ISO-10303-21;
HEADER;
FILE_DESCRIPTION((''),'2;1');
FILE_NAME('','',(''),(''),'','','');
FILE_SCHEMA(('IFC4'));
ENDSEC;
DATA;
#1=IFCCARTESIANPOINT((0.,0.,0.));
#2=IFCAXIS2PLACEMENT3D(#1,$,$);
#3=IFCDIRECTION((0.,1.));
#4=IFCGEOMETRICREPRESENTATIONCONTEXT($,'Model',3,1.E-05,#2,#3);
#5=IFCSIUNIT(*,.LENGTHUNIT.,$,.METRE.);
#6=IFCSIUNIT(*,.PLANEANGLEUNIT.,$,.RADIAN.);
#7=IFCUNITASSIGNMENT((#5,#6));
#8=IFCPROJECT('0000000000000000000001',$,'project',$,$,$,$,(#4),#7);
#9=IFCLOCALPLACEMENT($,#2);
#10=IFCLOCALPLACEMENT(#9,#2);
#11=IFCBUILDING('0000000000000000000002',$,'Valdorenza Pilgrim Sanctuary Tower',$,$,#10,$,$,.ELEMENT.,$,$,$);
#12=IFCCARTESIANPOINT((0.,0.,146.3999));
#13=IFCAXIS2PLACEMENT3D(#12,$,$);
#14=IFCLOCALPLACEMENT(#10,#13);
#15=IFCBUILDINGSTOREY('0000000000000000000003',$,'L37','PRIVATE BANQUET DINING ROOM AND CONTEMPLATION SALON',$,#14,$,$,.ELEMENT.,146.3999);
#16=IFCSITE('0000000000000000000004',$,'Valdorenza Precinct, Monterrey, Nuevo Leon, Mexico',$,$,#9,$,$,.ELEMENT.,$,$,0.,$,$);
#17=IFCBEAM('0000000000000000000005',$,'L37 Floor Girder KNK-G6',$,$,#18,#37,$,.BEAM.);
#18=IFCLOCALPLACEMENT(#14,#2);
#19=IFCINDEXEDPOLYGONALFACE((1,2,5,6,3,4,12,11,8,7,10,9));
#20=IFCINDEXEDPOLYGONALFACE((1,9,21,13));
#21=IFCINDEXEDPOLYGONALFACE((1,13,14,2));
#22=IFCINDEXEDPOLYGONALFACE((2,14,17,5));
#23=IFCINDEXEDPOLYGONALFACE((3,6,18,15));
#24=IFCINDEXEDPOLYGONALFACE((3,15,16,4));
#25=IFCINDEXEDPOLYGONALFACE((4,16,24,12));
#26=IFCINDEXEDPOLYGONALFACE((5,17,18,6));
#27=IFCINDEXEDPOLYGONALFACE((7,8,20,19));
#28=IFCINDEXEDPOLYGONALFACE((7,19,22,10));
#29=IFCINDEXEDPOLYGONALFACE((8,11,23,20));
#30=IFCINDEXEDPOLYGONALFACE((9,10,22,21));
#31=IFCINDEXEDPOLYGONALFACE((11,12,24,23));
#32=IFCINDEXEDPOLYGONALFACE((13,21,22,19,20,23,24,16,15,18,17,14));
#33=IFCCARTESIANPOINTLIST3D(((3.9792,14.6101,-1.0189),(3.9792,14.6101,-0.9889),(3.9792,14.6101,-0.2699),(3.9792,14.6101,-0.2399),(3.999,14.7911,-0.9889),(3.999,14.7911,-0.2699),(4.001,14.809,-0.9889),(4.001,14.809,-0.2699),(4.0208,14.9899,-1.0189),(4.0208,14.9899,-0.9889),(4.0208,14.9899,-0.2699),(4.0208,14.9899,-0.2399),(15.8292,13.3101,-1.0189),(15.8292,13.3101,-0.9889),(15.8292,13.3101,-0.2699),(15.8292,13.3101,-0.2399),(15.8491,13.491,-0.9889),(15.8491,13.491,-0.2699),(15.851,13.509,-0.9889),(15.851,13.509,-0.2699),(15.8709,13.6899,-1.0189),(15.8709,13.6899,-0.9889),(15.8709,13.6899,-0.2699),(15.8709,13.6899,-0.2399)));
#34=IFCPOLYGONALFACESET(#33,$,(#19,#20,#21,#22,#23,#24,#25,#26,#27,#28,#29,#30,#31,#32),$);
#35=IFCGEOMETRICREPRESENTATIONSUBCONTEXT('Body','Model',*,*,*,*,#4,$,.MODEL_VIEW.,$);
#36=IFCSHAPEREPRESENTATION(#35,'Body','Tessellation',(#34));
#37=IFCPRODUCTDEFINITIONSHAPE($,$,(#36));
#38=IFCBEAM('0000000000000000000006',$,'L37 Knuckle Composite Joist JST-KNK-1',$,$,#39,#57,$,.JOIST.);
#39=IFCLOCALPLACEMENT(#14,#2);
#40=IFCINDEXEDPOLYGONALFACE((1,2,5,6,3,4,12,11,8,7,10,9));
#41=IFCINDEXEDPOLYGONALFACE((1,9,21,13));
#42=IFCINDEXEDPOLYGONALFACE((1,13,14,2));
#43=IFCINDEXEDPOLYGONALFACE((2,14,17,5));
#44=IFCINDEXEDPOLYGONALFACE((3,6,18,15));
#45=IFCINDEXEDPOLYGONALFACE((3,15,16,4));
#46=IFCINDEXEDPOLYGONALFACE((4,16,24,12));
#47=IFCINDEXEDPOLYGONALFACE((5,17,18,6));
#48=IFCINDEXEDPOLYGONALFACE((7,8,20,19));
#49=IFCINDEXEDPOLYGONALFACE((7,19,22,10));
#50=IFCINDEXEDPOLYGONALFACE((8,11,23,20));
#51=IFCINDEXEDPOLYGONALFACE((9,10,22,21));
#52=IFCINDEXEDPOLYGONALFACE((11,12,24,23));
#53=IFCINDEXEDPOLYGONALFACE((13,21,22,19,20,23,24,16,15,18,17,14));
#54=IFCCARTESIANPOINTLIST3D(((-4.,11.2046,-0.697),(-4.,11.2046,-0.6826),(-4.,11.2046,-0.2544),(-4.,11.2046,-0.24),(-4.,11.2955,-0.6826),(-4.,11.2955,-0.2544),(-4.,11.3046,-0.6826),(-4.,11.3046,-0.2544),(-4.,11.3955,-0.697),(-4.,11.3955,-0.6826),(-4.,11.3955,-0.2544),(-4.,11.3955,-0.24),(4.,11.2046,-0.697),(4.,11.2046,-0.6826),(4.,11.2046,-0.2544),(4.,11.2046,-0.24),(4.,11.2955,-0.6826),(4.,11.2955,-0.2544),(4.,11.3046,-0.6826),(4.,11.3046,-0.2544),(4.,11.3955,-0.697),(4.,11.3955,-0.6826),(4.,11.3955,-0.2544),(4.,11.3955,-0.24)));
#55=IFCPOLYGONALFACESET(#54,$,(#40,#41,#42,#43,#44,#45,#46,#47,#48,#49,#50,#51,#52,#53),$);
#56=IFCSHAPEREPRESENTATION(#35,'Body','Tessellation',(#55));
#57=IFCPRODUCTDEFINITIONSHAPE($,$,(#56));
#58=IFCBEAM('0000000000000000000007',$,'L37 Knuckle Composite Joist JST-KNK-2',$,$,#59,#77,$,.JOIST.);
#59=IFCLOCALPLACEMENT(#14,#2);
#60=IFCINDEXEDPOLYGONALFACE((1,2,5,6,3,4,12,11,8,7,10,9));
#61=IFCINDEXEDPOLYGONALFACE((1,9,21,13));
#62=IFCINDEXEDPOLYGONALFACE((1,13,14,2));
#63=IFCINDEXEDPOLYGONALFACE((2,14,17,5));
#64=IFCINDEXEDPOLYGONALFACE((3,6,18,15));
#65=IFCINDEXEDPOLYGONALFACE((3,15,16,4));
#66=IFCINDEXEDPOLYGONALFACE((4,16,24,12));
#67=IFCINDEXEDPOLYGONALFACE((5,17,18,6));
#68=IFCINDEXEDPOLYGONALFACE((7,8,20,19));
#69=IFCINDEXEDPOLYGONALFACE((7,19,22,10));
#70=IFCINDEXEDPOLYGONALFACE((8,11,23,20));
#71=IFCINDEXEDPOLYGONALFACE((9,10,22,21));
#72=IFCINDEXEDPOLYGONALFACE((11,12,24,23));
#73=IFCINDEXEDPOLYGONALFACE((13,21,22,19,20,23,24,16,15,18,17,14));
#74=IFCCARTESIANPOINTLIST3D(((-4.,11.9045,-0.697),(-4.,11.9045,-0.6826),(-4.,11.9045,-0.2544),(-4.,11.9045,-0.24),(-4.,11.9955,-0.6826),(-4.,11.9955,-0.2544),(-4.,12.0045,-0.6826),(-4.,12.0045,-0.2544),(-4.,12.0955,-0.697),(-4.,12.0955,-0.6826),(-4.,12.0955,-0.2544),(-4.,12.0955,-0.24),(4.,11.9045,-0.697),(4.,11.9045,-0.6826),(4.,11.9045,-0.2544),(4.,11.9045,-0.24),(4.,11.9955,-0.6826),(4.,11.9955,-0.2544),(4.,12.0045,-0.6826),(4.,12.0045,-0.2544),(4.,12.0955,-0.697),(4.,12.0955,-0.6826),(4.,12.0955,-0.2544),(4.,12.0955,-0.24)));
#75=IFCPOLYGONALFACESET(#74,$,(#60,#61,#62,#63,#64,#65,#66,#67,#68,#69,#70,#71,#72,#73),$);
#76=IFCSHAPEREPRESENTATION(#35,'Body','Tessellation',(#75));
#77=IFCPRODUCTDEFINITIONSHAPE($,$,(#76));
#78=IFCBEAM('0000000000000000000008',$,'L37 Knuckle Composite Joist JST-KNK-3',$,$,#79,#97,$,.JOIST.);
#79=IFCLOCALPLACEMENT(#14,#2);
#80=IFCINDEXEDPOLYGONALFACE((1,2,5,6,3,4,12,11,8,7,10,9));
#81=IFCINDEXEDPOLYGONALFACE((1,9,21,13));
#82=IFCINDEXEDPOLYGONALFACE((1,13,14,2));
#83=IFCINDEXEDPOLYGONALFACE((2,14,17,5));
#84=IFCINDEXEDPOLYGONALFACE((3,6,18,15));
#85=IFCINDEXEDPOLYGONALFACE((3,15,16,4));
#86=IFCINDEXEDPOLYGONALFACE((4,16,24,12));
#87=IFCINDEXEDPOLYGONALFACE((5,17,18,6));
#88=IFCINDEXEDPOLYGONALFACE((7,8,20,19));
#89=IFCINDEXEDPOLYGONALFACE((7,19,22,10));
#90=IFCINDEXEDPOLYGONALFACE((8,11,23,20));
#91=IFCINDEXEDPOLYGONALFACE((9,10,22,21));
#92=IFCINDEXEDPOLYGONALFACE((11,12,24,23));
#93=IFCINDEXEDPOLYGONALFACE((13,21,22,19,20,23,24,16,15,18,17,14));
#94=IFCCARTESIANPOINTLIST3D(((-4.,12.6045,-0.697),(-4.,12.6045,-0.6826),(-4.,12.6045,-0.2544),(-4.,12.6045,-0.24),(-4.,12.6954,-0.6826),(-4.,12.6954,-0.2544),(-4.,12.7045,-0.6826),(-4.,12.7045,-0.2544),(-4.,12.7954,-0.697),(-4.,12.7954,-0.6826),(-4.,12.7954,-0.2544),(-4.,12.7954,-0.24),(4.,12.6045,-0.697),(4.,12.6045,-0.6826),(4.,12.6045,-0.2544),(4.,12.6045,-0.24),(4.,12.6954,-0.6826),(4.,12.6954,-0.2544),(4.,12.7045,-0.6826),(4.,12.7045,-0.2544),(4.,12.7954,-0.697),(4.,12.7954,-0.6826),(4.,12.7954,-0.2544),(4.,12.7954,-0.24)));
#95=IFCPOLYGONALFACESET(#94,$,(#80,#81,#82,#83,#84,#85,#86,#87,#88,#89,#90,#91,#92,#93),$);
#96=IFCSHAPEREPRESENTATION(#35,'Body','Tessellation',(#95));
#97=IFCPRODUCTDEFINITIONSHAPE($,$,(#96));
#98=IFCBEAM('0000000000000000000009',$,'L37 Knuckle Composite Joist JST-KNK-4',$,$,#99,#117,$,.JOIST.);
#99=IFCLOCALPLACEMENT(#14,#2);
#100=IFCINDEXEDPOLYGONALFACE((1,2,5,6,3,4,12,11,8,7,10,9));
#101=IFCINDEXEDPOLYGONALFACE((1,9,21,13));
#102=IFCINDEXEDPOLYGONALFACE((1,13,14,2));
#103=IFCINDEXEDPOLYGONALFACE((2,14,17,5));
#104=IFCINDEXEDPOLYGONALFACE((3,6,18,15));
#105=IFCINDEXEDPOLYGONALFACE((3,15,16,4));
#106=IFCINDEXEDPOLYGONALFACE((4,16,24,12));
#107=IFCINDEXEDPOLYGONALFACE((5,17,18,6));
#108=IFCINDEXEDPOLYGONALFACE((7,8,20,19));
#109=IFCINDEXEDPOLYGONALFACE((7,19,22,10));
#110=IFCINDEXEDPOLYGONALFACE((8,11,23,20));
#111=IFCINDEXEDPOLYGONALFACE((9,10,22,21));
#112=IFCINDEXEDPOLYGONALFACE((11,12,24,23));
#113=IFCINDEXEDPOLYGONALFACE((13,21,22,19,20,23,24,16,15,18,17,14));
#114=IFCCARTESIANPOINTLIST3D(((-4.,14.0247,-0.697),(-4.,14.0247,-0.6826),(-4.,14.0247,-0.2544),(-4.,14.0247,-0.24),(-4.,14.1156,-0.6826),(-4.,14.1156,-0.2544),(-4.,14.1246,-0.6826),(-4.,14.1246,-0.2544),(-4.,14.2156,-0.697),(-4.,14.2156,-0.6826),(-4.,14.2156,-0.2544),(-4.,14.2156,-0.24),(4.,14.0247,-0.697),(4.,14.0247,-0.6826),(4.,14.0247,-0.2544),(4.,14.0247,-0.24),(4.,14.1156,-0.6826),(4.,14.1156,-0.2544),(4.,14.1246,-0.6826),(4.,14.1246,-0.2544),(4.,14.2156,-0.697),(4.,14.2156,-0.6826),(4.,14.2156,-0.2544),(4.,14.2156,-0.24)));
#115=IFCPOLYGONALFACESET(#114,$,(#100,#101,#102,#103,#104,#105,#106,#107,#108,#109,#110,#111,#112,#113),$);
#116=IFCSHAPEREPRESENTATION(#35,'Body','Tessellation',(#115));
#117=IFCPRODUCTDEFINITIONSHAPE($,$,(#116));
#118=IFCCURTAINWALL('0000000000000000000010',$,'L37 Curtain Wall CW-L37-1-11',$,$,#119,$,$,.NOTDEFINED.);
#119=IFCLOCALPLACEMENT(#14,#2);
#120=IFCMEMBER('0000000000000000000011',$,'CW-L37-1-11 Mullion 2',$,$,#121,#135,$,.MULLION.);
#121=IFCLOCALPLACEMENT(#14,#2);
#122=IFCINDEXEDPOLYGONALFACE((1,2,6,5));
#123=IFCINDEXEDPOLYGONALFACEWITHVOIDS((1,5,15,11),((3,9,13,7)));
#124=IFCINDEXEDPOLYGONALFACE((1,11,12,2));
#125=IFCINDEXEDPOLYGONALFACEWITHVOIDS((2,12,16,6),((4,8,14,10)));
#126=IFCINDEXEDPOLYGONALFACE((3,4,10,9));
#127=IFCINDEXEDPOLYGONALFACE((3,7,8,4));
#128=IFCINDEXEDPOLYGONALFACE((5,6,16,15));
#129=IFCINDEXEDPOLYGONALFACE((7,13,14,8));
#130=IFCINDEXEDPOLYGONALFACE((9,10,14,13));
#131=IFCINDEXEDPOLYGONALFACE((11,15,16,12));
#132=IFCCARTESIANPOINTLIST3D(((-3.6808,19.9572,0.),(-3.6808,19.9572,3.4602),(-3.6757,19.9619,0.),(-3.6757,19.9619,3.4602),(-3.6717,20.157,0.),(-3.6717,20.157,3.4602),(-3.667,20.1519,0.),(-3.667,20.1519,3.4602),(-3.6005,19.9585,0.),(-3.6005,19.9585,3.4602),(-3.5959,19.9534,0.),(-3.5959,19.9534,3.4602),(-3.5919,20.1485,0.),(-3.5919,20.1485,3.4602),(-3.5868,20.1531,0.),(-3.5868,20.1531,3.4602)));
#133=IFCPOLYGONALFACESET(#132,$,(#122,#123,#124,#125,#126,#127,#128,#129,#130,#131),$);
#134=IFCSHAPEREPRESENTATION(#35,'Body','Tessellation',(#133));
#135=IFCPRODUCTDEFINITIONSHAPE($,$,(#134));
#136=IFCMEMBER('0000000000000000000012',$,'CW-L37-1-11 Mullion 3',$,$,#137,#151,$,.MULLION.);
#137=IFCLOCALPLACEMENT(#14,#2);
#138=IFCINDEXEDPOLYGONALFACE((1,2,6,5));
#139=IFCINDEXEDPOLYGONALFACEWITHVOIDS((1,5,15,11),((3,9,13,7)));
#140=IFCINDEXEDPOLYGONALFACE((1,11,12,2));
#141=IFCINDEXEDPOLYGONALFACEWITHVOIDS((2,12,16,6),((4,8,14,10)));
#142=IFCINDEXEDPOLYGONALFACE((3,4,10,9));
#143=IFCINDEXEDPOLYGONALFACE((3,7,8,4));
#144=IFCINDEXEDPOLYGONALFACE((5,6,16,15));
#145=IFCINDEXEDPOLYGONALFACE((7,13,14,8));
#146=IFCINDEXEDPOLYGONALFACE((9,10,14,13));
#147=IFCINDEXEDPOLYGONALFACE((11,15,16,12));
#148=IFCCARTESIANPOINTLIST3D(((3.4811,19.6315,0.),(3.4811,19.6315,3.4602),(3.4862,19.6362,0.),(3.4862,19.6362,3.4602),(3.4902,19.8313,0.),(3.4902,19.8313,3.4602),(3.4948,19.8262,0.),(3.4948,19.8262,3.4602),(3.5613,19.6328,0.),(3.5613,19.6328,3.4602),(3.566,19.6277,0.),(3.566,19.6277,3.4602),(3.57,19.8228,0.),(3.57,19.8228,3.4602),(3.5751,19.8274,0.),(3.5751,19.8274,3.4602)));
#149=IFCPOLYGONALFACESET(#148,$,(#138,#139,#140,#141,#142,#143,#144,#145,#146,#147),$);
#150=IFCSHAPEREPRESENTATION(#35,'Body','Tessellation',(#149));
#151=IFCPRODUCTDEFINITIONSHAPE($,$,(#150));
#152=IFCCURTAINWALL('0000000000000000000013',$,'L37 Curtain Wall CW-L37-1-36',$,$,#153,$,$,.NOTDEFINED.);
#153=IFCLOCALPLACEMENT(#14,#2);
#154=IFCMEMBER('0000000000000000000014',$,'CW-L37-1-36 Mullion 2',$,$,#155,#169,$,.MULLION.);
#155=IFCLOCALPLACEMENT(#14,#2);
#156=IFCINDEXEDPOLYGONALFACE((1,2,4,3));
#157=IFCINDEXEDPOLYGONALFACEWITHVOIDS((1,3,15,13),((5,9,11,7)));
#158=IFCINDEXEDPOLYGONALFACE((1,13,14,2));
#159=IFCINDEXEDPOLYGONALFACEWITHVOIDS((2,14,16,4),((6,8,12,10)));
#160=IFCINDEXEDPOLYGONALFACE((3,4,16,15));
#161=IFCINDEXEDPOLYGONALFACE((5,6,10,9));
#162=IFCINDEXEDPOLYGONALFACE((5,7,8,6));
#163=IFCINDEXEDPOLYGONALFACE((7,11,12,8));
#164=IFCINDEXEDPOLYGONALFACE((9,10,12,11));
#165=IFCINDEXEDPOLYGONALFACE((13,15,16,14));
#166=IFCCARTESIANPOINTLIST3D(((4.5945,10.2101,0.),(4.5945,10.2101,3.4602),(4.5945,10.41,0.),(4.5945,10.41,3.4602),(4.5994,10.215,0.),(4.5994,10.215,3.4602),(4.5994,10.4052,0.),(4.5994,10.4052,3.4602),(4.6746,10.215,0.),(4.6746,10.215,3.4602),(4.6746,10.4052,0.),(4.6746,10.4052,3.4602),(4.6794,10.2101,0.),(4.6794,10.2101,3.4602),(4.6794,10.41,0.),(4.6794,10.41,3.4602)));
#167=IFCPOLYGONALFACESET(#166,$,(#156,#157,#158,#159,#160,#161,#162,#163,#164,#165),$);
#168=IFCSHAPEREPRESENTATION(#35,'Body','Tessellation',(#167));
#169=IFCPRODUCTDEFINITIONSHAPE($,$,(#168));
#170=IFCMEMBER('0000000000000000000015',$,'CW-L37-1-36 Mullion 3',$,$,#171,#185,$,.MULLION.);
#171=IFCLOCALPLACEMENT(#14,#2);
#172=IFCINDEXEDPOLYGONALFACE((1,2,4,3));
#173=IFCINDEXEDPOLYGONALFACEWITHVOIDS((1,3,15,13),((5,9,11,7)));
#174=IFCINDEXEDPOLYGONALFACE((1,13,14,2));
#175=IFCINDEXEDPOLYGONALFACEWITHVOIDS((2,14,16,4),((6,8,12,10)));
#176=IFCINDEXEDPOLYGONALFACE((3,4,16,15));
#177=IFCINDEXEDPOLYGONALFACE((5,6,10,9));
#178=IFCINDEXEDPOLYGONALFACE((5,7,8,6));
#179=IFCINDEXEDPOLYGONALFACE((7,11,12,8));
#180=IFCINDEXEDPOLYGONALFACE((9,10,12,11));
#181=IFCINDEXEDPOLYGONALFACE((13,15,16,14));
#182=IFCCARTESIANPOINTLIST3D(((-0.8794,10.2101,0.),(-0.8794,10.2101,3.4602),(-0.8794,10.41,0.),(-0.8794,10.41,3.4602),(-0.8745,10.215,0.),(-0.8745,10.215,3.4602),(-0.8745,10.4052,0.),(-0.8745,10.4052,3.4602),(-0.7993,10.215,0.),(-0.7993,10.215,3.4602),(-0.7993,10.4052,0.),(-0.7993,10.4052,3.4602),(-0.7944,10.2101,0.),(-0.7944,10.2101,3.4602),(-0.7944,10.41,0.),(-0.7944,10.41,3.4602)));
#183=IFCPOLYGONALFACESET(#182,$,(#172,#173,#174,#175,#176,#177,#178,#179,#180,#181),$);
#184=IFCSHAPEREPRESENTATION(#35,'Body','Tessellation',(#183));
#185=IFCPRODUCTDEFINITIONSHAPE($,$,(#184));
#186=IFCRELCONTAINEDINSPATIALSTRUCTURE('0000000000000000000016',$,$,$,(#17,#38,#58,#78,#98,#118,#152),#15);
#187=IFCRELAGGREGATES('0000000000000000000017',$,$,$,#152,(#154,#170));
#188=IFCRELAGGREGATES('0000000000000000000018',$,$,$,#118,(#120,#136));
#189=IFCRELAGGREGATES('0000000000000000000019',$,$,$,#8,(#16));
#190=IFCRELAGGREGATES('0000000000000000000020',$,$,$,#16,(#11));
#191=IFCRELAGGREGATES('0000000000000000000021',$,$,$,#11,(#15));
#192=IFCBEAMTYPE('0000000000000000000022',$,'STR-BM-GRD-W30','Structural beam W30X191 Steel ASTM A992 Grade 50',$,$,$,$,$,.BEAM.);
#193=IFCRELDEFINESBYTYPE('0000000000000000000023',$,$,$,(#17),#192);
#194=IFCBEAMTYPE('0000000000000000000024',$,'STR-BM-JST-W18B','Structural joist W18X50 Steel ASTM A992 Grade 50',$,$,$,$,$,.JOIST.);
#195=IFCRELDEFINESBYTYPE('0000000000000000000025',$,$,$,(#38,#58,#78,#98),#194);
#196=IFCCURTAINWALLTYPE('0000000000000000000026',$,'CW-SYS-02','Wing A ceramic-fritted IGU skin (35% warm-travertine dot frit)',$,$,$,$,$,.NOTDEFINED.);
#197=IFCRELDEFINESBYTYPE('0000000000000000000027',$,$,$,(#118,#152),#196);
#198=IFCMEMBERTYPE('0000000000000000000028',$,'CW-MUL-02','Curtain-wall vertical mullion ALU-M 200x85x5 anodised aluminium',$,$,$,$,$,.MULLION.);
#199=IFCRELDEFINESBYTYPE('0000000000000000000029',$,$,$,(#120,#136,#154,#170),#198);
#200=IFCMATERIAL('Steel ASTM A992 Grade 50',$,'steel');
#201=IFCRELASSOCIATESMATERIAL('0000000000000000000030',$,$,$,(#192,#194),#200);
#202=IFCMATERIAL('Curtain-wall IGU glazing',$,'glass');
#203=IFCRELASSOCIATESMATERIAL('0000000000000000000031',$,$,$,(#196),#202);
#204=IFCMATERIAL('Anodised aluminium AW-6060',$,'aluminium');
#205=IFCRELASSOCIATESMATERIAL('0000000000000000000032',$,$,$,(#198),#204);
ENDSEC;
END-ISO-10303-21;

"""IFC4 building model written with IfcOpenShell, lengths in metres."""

from ifc_helpers import new_model, si_unit, direction, frame, origin, origin_2d, place, context, subcontext, project, spatial, hollow_rectangle, i_section, extrude, source, transform, mapped, material, material_profile, profile_set, type_object, element, aggregate, save


model = new_model("IFC4")

# Units and contexts
model_context = context("Model", 3, precision=1e-05, world=origin(), true_north=direction((0.0, 1.0)))
body_context = subcontext(model_context, "Body", "Model", "MODEL_VIEW")
ifc_project = project(units=[si_unit("LENGTHUNIT", "METRE"), si_unit("PLANEANGLEUNIT", "RADIAN")], contexts=[model_context])

# Site, building, storey
site_placement = place(None, origin())
site = spatial("IfcSite", under=ifc_project, at=site_placement, Name="Valdorenza Precinct, Monterrey, Nuevo Leon, Mexico", CompositionType="ELEMENT", RefElevation=0.0)
building_placement = place(site_placement, origin())
building = spatial("IfcBuilding", under=site, at=building_placement, Name="Valdorenza Pilgrim Sanctuary Tower", CompositionType="ELEMENT")
storey_placement = place(building_placement, frame((0.0, 0.0, 146.3999)))
storey = spatial("IfcBuildingStorey", under=building, at=storey_placement, Name="L37", Description="PRIVATE BANQUET DINING ROOM AND CONTEMPLATION SALON", CompositionType="ELEMENT", Elevation=146.3999)

# Shared definitions
ifc_material_1 = material(Name="Steel ASTM A992 Grade 50", Category="steel")

# Beams
ifc_material_profile_1 = material_profile(ifc_material_1, i_section(OverallWidth=0.3821, OverallDepth=0.7791, WebThickness=0.0181, FlangeThickness=0.03, at=origin_2d()), Name="W30X191")
ifc_profile_set_1 = profile_set([ifc_material_profile_1], Name="Steel ASTM A992 Grade 50")
beam_type_1 = type_object("IfcBeamType", Name="STR-BM-GRD-W30", Description="Structural beam W30X191 Steel ASTM A992 Grade 50", PredefinedType="BEAM", material=ifc_profile_set_1)
shared_shape_1 = source(origin(), body_context, "Body", "SweptSolid", [
    extrude(i_section(OverallWidth=0.3821, OverallDepth=0.7791, WebThickness=0.0181, FlangeThickness=0.03, at=origin_2d()), origin(), (0.0, 0.0, 1.0), 11.9211),
])
beam_1_placement = place(storey_placement, frame((4.0, 14.8, -0.6294), z_axis=(0.994036, -0.109054, 0.0), x_axis=(0.109054, 0.994036, 0.0)))
element("IfcBeam", 1, at=beam_1_placement, inside=storey, type_object=beam_type_1, Name="L37 Floor Girder KNK-G6", PredefinedType="BEAM", context=body_context, shape_type="MappedRepresentation", body=[
    mapped(shared_shape_1, transform((0.0, 0.0, 0.0), x_axis=(1.0, 0.0, 0.0), y_axis=(0.0, 1.0, 0.0), z_axis=(0.0, 0.0, 1.0), scale=1.0)),
])
ifc_material_profile_2 = material_profile(ifc_material_1, i_section(OverallWidth=0.1909, OverallDepth=0.457, WebThickness=0.009, FlangeThickness=0.0144, at=origin_2d()), Name="W18X50")
ifc_profile_set_2 = profile_set([ifc_material_profile_2], Name="Steel ASTM A992 Grade 50")
beam_type_2 = type_object("IfcBeamType", Name="STR-BM-JST-W18B", Description="Structural joist W18X50 Steel ASTM A992 Grade 50", PredefinedType="JOIST", material=ifc_profile_set_2)
shared_shape_2 = source(origin(), body_context, "Body", "SweptSolid", [
    extrude(i_section(OverallWidth=0.1909, OverallDepth=0.457, WebThickness=0.009, FlangeThickness=0.0144, at=origin_2d()), origin(), (0.0, 0.0, 1.0), 8.0),
])
for number, where, z_axis, x_axis, name in (
    (2, (-4.0, 11.3, -0.4685), (1.0, 0.0, 0.0), (0.0, 1.0, 0.0), "L37 Knuckle Composite Joist JST-KNK-1"),
    (3, (-4.0, 12.0, -0.4685), (1.0, 0.0, 0.0), (0.0, 1.0, 0.0), "L37 Knuckle Composite Joist JST-KNK-2"),
    (4, (-4.0, 12.7, -0.4685), (1.0, 0.0, 0.0), (0.0, 1.0, 0.0), "L37 Knuckle Composite Joist JST-KNK-3"),
    (5, (-4.0, 14.1201, -0.4685), (1.0, 0.0, 0.0), (0.0, 1.0, 0.0), "L37 Knuckle Composite Joist JST-KNK-4"),
):
    element("IfcBeam", number, at=place(storey_placement, frame(where, z_axis=z_axis, x_axis=x_axis)), inside=storey, type_object=beam_type_2, Name=name, PredefinedType="JOIST", context=body_context, shape_type="MappedRepresentation", body=[
        mapped(shared_shape_2, transform((0.0, 0.0, 0.0), x_axis=(1.0, 0.0, 0.0), y_axis=(0.0, 1.0, 0.0), z_axis=(0.0, 0.0, 1.0), scale=1.0)),
    ])

# Curtain wall, members
ifc_material_2 = material(Name="Curtain-wall IGU glazing", Category="glass")
curtain_wall_type = type_object("IfcCurtainWallType", Name="CW-SYS-02", Description="Wing A ceramic-fritted IGU skin (35% warm-travertine dot frit)", PredefinedType="NOTDEFINED", material=ifc_material_2)
curtain_wall_1_placement = place(storey_placement, origin())
curtain_wall_1 = element("IfcCurtainWall", 6, at=curtain_wall_1_placement, inside=storey, type_object=curtain_wall_type, Name="L37 Curtain Wall CW-L37-1-11", PredefinedType="NOTDEFINED")
ifc_material_3 = material(Name="Anodised aluminium AW-6060", Category="aluminium")
ifc_material_profile_3 = material_profile(ifc_material_3, hollow_rectangle(XDim=0.085, YDim=0.2, WallThickness=0.0049, at=origin_2d()), Name="ALU-M 200x85x5")
ifc_profile_set_3 = profile_set([ifc_material_profile_3], Name="Anodised aluminium AW-6060")
member_type = type_object("IfcMemberType", Name="CW-MUL-02", Description="Curtain-wall vertical mullion ALU-M 200x85x5 anodised aluminium", PredefinedType="MULLION", material=ifc_profile_set_3)
shared_shape_3 = source(origin(), body_context, "Body", "SweptSolid", [
    extrude(hollow_rectangle(XDim=0.085, YDim=0.2, WallThickness=0.0049, at=origin_2d()), origin(), (0.0, 0.0, 1.0), 3.4602),
])
member_1_placement = place(storey_placement, frame((-3.6338, 20.0552, 0.0), z_axis=(0.0, 0.0, 1.0), x_axis=(0.998968, -0.045415, 0.0)))
member_1 = element("IfcMember", 7, at=member_1_placement, type_object=member_type, Name="CW-L37-1-11 Mullion 2", PredefinedType="MULLION", context=body_context, shape_type="MappedRepresentation", body=[
    mapped(shared_shape_3, transform((0.0, 0.0, 0.0), x_axis=(1.0, 0.0, 0.0), y_axis=(0.0, 1.0, 0.0), z_axis=(0.0, 0.0, 1.0), scale=1.0)),
])
member_2_placement = place(storey_placement, frame((3.5281, 19.7295, 0.0), z_axis=(0.0, 0.0, 1.0), x_axis=(0.998968, -0.045415, 0.0)))
member_2 = element("IfcMember", 8, at=member_2_placement, type_object=member_type, Name="CW-L37-1-11 Mullion 3", PredefinedType="MULLION", context=body_context, shape_type="MappedRepresentation", body=[
    mapped(shared_shape_3, transform((0.0, 0.0, 0.0), x_axis=(1.0, 0.0, 0.0), y_axis=(0.0, 1.0, 0.0), z_axis=(0.0, 0.0, 1.0), scale=1.0)),
])

# Curtain wall, members
curtain_wall_2_placement = place(storey_placement, origin())
curtain_wall_2 = element("IfcCurtainWall", 9, at=curtain_wall_2_placement, inside=storey, type_object=curtain_wall_type, Name="L37 Curtain Wall CW-L37-1-36", PredefinedType="NOTDEFINED")
member_3_placement = place(storey_placement, frame((4.637, 10.3101, 0.0), z_axis=(0.0, 0.0, 1.0), x_axis=(-1.0, 0.0, 0.0)))
member_3 = element("IfcMember", 10, at=member_3_placement, type_object=member_type, Name="CW-L37-1-36 Mullion 2", PredefinedType="MULLION", context=body_context, shape_type="MappedRepresentation", body=[
    mapped(shared_shape_3, transform((0.0, 0.0, 0.0), x_axis=(1.0, 0.0, 0.0), y_axis=(0.0, 1.0, 0.0), z_axis=(0.0, 0.0, 1.0), scale=1.0)),
])
member_4_placement = place(storey_placement, frame((-0.8369, 10.3101, 0.0), z_axis=(0.0, 0.0, 1.0), x_axis=(-1.0, 0.0, 0.0)))
member_4 = element("IfcMember", 11, at=member_4_placement, type_object=member_type, Name="CW-L37-1-36 Mullion 3", PredefinedType="MULLION", context=body_context, shape_type="MappedRepresentation", body=[
    mapped(shared_shape_3, transform((0.0, 0.0, 0.0), x_axis=(1.0, 0.0, 0.0), y_axis=(0.0, 1.0, 0.0), z_axis=(0.0, 0.0, 1.0), scale=1.0)),
])
aggregate(curtain_wall_2, [member_3, member_4])

aggregate(curtain_wall_1, [member_1, member_2])

save(model, "model.ifc")
